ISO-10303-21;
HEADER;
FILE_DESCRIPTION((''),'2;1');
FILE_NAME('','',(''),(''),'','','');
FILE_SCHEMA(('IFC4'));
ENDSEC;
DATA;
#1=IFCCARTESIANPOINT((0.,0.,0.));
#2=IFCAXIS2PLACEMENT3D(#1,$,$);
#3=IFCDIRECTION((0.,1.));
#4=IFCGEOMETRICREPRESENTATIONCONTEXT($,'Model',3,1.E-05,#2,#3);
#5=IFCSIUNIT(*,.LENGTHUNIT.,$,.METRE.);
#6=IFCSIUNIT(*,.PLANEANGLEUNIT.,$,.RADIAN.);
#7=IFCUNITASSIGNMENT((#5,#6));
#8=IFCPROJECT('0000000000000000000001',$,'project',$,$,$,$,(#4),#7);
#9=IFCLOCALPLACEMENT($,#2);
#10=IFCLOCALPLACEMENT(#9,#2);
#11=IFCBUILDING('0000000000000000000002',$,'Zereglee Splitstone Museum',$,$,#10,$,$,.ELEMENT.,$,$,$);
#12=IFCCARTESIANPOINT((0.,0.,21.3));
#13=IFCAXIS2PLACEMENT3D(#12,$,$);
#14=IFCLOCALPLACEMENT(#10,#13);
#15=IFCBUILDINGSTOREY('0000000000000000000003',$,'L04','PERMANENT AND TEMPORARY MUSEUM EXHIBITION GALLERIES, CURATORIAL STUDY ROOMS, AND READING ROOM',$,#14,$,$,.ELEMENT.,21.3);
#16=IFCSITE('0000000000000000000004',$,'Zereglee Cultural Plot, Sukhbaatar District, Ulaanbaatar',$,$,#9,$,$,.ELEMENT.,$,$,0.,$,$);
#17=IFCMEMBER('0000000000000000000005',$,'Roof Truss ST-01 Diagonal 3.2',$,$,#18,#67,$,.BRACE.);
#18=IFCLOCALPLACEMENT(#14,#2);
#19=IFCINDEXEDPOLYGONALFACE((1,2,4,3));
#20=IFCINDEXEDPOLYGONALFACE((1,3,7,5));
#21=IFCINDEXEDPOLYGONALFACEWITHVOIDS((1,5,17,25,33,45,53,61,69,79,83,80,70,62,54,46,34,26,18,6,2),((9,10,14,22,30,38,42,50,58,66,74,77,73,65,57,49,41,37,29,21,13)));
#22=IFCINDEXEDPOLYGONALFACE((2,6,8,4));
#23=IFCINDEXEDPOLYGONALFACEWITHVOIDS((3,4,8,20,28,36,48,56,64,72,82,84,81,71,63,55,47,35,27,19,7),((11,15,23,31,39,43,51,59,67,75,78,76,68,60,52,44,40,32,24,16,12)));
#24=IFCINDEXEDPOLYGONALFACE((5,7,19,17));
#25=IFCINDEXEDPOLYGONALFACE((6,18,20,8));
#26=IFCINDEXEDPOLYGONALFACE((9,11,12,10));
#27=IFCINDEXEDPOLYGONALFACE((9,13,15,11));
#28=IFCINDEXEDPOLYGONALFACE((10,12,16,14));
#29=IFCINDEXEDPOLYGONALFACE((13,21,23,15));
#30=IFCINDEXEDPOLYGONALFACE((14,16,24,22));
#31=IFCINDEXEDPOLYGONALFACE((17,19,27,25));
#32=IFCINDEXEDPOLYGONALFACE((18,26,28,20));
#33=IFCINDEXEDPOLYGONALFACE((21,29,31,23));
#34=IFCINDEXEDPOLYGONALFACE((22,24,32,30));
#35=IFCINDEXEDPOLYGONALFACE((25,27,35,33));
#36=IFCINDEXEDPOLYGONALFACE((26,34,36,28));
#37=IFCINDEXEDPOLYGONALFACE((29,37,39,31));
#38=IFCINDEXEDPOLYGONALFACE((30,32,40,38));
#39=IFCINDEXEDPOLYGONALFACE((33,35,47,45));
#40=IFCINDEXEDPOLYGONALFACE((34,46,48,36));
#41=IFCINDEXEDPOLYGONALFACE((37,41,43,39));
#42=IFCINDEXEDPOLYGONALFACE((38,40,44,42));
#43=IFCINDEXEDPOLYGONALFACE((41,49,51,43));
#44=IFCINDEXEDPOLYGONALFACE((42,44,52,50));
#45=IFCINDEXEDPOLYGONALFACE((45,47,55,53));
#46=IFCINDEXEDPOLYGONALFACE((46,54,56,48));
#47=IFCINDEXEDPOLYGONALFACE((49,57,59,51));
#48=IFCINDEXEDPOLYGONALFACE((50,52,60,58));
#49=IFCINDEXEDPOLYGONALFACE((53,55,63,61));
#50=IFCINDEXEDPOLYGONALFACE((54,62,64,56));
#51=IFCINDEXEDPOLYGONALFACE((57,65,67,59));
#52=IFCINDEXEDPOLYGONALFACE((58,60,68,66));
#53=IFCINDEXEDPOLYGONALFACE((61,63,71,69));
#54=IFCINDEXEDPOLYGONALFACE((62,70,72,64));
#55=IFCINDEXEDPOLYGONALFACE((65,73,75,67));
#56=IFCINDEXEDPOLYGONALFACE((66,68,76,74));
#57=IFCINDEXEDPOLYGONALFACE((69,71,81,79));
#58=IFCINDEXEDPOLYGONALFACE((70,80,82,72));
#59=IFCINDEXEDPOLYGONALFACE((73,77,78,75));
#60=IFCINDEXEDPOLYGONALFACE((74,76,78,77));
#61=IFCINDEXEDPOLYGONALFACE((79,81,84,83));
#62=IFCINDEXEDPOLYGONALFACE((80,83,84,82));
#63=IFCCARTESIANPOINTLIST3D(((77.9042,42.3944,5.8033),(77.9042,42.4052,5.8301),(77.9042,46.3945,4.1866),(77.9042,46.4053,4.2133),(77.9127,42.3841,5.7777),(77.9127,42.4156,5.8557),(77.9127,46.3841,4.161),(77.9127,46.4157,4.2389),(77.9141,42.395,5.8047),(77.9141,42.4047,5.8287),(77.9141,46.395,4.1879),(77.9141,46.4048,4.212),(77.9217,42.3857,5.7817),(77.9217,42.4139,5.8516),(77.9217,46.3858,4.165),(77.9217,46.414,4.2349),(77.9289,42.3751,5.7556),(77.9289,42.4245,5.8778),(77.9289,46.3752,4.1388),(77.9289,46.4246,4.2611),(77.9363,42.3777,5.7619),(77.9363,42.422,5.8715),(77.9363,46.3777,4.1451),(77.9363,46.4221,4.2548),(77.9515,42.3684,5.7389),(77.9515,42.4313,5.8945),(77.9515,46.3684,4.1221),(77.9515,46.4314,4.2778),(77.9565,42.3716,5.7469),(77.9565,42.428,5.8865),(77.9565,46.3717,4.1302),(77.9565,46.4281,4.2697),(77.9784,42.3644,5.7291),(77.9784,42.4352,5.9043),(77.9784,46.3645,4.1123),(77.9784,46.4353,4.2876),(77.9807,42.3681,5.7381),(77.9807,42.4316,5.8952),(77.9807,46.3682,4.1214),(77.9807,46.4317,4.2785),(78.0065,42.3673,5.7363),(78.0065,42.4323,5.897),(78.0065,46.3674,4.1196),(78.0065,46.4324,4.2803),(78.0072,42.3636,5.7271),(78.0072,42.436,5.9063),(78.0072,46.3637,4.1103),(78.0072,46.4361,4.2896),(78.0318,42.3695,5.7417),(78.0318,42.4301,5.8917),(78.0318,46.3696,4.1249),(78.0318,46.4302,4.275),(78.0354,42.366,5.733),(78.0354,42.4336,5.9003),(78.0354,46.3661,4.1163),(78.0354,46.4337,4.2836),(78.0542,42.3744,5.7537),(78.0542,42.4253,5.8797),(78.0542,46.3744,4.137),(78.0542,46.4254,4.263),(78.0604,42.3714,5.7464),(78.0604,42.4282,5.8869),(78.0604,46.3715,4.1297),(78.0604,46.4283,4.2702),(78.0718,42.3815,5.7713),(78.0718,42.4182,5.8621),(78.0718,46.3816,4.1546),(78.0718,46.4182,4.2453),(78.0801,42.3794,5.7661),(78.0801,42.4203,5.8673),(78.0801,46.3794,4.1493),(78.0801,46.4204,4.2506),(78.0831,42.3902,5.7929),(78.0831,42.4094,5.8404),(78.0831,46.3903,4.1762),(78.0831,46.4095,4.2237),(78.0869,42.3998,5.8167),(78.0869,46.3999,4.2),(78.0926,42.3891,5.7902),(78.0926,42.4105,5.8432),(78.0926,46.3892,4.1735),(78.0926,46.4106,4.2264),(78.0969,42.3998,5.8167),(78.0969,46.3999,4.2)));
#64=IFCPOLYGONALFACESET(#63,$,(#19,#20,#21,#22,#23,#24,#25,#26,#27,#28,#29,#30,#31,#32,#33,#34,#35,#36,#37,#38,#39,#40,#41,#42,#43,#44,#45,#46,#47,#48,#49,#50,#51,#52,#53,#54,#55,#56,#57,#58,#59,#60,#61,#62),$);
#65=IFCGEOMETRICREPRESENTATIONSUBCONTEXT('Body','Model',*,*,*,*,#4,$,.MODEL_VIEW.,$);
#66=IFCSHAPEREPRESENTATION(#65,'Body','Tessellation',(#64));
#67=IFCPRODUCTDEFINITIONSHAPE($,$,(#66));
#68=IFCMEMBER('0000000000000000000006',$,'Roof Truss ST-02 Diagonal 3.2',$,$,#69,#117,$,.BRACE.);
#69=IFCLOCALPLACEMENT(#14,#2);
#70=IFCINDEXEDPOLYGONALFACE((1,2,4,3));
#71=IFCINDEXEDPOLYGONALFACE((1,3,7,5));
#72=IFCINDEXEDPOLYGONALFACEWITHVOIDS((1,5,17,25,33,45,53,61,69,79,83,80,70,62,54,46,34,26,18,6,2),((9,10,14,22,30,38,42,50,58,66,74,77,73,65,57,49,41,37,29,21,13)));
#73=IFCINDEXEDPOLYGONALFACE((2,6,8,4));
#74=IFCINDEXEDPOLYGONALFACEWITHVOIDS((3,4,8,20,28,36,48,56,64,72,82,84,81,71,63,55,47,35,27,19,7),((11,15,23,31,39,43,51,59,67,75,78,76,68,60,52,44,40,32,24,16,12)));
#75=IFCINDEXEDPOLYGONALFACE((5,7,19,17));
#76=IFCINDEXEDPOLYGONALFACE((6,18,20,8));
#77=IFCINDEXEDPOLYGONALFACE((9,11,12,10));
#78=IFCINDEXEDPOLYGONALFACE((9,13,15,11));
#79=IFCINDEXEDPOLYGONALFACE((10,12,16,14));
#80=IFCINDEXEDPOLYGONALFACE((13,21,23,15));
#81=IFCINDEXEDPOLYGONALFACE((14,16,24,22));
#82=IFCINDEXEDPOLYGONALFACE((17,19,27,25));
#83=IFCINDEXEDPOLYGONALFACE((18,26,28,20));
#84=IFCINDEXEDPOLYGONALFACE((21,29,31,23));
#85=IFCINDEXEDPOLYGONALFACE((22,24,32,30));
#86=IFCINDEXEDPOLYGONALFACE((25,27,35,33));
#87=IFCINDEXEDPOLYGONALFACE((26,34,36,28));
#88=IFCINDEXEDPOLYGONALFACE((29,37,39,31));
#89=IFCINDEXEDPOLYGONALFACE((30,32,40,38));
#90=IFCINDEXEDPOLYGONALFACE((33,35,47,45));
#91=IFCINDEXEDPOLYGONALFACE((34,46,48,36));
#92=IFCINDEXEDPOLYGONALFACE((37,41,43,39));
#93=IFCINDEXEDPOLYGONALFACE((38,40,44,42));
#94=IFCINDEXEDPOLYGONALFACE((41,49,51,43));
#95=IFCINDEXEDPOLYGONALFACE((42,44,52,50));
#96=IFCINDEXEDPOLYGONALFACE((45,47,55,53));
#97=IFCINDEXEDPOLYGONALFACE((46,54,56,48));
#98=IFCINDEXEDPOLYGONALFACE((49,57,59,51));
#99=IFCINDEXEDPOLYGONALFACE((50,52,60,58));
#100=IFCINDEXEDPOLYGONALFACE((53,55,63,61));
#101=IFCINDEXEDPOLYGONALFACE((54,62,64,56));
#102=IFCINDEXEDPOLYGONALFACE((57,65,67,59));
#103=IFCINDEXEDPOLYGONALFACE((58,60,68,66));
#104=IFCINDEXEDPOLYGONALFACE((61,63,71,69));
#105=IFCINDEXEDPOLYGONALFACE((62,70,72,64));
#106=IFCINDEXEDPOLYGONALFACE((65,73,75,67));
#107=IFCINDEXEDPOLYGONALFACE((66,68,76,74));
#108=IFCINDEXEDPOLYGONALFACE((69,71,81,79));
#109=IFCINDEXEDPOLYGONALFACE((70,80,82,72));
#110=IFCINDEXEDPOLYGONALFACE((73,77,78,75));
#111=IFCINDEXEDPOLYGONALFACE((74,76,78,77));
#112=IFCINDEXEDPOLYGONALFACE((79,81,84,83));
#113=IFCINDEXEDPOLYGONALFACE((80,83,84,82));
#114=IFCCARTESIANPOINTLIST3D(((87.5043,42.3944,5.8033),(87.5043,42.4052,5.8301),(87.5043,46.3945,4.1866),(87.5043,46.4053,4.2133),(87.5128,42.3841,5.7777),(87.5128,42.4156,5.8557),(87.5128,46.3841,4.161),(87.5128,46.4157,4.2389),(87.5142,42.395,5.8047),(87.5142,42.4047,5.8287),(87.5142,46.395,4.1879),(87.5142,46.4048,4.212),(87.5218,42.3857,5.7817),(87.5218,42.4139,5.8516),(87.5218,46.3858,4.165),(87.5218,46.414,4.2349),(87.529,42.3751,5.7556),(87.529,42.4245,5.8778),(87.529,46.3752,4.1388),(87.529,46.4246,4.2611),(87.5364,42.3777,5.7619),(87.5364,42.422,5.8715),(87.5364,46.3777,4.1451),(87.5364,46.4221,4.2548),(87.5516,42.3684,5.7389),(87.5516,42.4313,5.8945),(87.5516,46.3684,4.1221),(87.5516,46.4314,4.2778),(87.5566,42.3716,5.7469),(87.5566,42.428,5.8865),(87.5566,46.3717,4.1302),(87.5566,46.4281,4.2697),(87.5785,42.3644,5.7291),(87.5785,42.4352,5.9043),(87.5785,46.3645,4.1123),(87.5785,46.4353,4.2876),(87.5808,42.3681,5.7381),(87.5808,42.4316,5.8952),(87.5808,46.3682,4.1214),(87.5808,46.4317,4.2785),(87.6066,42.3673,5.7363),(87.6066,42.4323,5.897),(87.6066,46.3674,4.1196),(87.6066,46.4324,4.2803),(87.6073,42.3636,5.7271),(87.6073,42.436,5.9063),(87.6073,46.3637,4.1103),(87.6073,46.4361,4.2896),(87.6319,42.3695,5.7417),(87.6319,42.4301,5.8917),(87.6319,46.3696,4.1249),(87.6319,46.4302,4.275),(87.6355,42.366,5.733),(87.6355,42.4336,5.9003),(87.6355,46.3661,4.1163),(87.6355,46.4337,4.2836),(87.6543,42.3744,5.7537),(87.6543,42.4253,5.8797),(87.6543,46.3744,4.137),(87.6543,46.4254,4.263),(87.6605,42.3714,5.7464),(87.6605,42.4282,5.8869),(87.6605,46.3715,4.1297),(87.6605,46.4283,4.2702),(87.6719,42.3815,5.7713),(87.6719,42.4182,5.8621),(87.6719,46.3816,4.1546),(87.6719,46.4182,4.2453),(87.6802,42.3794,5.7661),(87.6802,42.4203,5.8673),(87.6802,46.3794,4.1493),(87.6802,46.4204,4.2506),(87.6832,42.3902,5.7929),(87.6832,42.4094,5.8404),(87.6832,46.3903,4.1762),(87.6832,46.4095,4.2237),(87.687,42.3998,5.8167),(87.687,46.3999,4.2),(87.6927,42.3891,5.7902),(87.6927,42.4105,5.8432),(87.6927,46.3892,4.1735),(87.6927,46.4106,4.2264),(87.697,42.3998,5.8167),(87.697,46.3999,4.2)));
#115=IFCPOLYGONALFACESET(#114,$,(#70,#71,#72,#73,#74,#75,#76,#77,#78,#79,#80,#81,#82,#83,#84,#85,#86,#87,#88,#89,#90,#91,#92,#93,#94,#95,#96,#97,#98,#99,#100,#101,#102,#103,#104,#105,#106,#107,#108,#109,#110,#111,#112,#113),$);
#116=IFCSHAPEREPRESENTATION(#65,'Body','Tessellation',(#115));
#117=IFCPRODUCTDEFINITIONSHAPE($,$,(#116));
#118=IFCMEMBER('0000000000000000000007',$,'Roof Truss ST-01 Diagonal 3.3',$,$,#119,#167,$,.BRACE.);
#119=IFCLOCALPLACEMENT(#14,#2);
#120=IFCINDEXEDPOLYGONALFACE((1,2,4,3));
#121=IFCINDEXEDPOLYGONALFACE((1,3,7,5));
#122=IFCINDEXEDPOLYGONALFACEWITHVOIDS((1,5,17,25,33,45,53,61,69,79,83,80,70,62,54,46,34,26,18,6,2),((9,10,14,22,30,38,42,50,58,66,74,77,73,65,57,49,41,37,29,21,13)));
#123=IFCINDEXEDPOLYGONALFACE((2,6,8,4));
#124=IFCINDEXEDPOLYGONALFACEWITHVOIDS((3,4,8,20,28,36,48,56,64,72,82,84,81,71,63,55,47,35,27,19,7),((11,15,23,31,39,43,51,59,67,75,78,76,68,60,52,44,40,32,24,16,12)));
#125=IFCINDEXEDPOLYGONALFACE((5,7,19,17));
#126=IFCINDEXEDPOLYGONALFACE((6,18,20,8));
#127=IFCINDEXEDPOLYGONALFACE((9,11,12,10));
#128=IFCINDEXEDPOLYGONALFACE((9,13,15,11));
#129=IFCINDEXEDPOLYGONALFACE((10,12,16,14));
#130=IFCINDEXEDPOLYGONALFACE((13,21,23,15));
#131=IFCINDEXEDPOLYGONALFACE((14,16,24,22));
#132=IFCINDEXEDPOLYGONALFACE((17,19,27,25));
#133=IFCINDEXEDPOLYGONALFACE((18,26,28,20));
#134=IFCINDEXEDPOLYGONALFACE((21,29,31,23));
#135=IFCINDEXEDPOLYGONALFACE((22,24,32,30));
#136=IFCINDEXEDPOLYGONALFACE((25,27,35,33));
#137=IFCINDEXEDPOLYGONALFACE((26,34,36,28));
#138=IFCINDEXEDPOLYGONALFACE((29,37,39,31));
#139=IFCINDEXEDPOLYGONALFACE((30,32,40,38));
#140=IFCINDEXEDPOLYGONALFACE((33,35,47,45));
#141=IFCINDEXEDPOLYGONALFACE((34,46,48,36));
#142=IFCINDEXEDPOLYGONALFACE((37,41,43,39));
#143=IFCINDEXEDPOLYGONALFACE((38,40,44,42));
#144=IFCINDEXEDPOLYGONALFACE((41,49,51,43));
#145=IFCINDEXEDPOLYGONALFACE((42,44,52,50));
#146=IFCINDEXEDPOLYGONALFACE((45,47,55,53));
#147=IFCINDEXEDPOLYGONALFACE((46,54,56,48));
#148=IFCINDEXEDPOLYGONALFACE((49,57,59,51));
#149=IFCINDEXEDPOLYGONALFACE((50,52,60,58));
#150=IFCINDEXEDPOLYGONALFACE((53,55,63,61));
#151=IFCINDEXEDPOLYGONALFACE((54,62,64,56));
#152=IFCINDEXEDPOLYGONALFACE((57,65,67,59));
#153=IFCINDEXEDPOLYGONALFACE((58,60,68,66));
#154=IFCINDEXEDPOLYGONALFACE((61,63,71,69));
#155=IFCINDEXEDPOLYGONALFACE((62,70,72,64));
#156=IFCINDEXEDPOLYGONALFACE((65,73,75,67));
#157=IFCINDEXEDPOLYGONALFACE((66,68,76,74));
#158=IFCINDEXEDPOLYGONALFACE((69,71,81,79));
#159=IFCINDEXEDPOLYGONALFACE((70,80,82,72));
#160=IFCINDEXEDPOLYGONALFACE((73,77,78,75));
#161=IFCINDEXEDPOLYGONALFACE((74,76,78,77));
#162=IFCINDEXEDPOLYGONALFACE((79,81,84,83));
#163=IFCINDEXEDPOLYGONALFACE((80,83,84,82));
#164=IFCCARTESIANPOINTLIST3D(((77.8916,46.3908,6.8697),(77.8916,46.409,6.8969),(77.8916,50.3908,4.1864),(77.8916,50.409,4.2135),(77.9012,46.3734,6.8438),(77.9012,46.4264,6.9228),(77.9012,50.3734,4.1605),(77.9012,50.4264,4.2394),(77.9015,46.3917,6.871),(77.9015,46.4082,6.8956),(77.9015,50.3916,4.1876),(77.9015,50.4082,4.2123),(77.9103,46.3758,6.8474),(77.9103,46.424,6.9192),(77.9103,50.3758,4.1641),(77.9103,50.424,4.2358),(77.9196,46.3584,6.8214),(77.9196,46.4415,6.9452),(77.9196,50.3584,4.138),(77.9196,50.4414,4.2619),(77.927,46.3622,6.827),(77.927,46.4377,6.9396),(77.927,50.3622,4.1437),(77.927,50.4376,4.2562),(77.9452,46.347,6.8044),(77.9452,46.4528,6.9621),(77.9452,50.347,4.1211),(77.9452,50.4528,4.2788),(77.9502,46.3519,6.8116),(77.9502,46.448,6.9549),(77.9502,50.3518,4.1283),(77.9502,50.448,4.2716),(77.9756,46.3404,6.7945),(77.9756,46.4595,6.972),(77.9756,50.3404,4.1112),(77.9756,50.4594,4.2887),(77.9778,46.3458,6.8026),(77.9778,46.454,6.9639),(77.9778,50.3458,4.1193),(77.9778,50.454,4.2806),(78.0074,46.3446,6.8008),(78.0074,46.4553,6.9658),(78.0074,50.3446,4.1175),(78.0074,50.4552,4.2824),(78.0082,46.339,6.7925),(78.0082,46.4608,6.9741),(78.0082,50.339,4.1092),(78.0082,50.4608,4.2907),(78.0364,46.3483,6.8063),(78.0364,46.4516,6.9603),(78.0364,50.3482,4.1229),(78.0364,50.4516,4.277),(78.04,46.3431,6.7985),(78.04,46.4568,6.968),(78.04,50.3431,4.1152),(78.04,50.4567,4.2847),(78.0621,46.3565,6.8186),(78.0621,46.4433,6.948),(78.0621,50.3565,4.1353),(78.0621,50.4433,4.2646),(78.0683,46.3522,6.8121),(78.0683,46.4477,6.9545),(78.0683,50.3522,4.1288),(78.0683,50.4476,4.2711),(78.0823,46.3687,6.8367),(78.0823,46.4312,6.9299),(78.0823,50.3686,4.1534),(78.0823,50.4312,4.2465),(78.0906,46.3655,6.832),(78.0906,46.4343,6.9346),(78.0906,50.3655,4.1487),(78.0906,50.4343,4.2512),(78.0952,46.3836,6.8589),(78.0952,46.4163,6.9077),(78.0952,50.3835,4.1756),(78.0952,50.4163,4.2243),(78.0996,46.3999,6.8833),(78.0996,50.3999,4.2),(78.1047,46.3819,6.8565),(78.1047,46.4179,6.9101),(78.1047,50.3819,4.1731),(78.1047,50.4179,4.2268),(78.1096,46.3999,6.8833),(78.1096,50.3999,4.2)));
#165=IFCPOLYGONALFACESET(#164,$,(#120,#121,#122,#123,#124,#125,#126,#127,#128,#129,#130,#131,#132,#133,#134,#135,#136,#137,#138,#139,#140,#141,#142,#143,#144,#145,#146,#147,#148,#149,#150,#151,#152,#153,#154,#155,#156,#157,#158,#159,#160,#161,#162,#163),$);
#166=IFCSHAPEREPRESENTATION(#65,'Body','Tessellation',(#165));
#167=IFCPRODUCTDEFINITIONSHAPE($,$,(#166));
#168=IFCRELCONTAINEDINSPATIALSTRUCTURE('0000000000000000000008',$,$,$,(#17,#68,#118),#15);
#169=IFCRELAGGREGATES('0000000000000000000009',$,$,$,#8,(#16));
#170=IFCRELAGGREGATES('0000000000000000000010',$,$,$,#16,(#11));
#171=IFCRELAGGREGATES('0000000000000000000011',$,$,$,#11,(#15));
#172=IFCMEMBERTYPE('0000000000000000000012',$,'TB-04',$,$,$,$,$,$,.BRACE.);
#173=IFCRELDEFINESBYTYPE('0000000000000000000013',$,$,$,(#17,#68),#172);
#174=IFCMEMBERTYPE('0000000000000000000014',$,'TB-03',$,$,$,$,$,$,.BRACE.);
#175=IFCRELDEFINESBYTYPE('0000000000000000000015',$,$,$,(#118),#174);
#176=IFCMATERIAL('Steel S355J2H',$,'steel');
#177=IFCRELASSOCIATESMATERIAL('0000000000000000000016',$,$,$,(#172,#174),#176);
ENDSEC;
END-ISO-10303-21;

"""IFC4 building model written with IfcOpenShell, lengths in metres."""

from ifc_helpers import new_model, si_unit, direction, frame, origin, origin_2d, place, context, subcontext, project, spatial, hollow_circle, extrude, material, material_profile, profile_set, type_object, element, save


model = new_model("IFC4")

# Units and contexts
model_context = context("Model", 3, precision=1e-05, world=origin(), true_north=direction((0.0, 1.0)))
body_context = subcontext(model_context, "Body", "Model", "MODEL_VIEW")
ifc_project = project(units=[si_unit("LENGTHUNIT", "METRE"), si_unit("PLANEANGLEUNIT", "RADIAN")], contexts=[model_context])

# Site, building, storey
site_placement = place(None, origin())
site = spatial("IfcSite", under=ifc_project, at=site_placement, Name="Zereglee Cultural Plot, Sukhbaatar District, Ulaanbaatar", CompositionType="ELEMENT", RefElevation=0.0)
building_placement = place(site_placement, origin())
building = spatial("IfcBuilding", under=site, at=building_placement, Name="Zereglee Splitstone Museum", CompositionType="ELEMENT")
storey_placement = place(building_placement, frame((0.0, 0.0, 21.3)))
storey = spatial("IfcBuildingStorey", under=building, at=storey_placement, Name="L04", Description="PERMANENT AND TEMPORARY MUSEUM EXHIBITION GALLERIES, CURATORIAL STUDY ROOMS, AND READING ROOM", CompositionType="ELEMENT", Elevation=21.3)

# Members
ifc_material_1 = material(Name="Steel S355J2H", Category="steel")
ifc_material_profile_1 = material_profile(ifc_material_1, hollow_circle(Radius=0.0969, WallThickness=0.01, at=origin_2d()), Name="CHS 193.7x10")
ifc_profile_set_1 = profile_set([ifc_material_profile_1], Name="Steel S355J2H")
member_type_1 = type_object("IfcMemberType", Name="TB-04", PredefinedType="BRACE", material=ifc_profile_set_1)
for number, where, z_axis, x_axis, name in (
    (1, (78.0, 46.3999, 4.2), (0.0, -0.927136, 0.374725), (1.0, 0.0, 0.0), "Roof Truss ST-01 Diagonal 3.2"),
    (2, (87.6001, 46.3999, 4.2), (0.0, -0.927136, 0.374725), (1.0, 0.0, 0.0), "Roof Truss ST-02 Diagonal 3.2"),
):
    element("IfcMember", number, at=place(storey_placement, frame(where, z_axis=z_axis, x_axis=x_axis)), inside=storey, type_object=member_type_1, Name=name, PredefinedType="BRACE", context=body_context, shape_type="SweptSolid", body=[
        extrude(hollow_circle(Radius=0.0969, WallThickness=0.01, at=origin_2d()), origin(), (0.0, 0.0, 1.0), 4.3145),
    ])
ifc_material_profile_2 = material_profile(ifc_material_1, hollow_circle(Radius=0.1096, WallThickness=0.01, at=origin_2d()), Name="CHS 219.1x10")
ifc_profile_set_2 = profile_set([ifc_material_profile_2], Name="Steel S355J2H")
member_type_2 = type_object("IfcMemberType", Name="TB-03", PredefinedType="BRACE", material=ifc_profile_set_2)
member_1_placement = place(storey_placement, frame((78.0, 50.3999, 4.2), z_axis=(0.0, -0.830448, 0.557096), x_axis=(1.0, 0.0, 0.0)))
element("IfcMember", 3, at=member_1_placement, inside=storey, type_object=member_type_2, Name="Roof Truss ST-01 Diagonal 3.3", PredefinedType="BRACE", context=body_context, shape_type="SweptSolid", body=[
    extrude(hollow_circle(Radius=0.1096, WallThickness=0.01, at=origin_2d()), origin(), (0.0, 0.0, 1.0), 4.8167),
])

save(model, "model.ifc")
